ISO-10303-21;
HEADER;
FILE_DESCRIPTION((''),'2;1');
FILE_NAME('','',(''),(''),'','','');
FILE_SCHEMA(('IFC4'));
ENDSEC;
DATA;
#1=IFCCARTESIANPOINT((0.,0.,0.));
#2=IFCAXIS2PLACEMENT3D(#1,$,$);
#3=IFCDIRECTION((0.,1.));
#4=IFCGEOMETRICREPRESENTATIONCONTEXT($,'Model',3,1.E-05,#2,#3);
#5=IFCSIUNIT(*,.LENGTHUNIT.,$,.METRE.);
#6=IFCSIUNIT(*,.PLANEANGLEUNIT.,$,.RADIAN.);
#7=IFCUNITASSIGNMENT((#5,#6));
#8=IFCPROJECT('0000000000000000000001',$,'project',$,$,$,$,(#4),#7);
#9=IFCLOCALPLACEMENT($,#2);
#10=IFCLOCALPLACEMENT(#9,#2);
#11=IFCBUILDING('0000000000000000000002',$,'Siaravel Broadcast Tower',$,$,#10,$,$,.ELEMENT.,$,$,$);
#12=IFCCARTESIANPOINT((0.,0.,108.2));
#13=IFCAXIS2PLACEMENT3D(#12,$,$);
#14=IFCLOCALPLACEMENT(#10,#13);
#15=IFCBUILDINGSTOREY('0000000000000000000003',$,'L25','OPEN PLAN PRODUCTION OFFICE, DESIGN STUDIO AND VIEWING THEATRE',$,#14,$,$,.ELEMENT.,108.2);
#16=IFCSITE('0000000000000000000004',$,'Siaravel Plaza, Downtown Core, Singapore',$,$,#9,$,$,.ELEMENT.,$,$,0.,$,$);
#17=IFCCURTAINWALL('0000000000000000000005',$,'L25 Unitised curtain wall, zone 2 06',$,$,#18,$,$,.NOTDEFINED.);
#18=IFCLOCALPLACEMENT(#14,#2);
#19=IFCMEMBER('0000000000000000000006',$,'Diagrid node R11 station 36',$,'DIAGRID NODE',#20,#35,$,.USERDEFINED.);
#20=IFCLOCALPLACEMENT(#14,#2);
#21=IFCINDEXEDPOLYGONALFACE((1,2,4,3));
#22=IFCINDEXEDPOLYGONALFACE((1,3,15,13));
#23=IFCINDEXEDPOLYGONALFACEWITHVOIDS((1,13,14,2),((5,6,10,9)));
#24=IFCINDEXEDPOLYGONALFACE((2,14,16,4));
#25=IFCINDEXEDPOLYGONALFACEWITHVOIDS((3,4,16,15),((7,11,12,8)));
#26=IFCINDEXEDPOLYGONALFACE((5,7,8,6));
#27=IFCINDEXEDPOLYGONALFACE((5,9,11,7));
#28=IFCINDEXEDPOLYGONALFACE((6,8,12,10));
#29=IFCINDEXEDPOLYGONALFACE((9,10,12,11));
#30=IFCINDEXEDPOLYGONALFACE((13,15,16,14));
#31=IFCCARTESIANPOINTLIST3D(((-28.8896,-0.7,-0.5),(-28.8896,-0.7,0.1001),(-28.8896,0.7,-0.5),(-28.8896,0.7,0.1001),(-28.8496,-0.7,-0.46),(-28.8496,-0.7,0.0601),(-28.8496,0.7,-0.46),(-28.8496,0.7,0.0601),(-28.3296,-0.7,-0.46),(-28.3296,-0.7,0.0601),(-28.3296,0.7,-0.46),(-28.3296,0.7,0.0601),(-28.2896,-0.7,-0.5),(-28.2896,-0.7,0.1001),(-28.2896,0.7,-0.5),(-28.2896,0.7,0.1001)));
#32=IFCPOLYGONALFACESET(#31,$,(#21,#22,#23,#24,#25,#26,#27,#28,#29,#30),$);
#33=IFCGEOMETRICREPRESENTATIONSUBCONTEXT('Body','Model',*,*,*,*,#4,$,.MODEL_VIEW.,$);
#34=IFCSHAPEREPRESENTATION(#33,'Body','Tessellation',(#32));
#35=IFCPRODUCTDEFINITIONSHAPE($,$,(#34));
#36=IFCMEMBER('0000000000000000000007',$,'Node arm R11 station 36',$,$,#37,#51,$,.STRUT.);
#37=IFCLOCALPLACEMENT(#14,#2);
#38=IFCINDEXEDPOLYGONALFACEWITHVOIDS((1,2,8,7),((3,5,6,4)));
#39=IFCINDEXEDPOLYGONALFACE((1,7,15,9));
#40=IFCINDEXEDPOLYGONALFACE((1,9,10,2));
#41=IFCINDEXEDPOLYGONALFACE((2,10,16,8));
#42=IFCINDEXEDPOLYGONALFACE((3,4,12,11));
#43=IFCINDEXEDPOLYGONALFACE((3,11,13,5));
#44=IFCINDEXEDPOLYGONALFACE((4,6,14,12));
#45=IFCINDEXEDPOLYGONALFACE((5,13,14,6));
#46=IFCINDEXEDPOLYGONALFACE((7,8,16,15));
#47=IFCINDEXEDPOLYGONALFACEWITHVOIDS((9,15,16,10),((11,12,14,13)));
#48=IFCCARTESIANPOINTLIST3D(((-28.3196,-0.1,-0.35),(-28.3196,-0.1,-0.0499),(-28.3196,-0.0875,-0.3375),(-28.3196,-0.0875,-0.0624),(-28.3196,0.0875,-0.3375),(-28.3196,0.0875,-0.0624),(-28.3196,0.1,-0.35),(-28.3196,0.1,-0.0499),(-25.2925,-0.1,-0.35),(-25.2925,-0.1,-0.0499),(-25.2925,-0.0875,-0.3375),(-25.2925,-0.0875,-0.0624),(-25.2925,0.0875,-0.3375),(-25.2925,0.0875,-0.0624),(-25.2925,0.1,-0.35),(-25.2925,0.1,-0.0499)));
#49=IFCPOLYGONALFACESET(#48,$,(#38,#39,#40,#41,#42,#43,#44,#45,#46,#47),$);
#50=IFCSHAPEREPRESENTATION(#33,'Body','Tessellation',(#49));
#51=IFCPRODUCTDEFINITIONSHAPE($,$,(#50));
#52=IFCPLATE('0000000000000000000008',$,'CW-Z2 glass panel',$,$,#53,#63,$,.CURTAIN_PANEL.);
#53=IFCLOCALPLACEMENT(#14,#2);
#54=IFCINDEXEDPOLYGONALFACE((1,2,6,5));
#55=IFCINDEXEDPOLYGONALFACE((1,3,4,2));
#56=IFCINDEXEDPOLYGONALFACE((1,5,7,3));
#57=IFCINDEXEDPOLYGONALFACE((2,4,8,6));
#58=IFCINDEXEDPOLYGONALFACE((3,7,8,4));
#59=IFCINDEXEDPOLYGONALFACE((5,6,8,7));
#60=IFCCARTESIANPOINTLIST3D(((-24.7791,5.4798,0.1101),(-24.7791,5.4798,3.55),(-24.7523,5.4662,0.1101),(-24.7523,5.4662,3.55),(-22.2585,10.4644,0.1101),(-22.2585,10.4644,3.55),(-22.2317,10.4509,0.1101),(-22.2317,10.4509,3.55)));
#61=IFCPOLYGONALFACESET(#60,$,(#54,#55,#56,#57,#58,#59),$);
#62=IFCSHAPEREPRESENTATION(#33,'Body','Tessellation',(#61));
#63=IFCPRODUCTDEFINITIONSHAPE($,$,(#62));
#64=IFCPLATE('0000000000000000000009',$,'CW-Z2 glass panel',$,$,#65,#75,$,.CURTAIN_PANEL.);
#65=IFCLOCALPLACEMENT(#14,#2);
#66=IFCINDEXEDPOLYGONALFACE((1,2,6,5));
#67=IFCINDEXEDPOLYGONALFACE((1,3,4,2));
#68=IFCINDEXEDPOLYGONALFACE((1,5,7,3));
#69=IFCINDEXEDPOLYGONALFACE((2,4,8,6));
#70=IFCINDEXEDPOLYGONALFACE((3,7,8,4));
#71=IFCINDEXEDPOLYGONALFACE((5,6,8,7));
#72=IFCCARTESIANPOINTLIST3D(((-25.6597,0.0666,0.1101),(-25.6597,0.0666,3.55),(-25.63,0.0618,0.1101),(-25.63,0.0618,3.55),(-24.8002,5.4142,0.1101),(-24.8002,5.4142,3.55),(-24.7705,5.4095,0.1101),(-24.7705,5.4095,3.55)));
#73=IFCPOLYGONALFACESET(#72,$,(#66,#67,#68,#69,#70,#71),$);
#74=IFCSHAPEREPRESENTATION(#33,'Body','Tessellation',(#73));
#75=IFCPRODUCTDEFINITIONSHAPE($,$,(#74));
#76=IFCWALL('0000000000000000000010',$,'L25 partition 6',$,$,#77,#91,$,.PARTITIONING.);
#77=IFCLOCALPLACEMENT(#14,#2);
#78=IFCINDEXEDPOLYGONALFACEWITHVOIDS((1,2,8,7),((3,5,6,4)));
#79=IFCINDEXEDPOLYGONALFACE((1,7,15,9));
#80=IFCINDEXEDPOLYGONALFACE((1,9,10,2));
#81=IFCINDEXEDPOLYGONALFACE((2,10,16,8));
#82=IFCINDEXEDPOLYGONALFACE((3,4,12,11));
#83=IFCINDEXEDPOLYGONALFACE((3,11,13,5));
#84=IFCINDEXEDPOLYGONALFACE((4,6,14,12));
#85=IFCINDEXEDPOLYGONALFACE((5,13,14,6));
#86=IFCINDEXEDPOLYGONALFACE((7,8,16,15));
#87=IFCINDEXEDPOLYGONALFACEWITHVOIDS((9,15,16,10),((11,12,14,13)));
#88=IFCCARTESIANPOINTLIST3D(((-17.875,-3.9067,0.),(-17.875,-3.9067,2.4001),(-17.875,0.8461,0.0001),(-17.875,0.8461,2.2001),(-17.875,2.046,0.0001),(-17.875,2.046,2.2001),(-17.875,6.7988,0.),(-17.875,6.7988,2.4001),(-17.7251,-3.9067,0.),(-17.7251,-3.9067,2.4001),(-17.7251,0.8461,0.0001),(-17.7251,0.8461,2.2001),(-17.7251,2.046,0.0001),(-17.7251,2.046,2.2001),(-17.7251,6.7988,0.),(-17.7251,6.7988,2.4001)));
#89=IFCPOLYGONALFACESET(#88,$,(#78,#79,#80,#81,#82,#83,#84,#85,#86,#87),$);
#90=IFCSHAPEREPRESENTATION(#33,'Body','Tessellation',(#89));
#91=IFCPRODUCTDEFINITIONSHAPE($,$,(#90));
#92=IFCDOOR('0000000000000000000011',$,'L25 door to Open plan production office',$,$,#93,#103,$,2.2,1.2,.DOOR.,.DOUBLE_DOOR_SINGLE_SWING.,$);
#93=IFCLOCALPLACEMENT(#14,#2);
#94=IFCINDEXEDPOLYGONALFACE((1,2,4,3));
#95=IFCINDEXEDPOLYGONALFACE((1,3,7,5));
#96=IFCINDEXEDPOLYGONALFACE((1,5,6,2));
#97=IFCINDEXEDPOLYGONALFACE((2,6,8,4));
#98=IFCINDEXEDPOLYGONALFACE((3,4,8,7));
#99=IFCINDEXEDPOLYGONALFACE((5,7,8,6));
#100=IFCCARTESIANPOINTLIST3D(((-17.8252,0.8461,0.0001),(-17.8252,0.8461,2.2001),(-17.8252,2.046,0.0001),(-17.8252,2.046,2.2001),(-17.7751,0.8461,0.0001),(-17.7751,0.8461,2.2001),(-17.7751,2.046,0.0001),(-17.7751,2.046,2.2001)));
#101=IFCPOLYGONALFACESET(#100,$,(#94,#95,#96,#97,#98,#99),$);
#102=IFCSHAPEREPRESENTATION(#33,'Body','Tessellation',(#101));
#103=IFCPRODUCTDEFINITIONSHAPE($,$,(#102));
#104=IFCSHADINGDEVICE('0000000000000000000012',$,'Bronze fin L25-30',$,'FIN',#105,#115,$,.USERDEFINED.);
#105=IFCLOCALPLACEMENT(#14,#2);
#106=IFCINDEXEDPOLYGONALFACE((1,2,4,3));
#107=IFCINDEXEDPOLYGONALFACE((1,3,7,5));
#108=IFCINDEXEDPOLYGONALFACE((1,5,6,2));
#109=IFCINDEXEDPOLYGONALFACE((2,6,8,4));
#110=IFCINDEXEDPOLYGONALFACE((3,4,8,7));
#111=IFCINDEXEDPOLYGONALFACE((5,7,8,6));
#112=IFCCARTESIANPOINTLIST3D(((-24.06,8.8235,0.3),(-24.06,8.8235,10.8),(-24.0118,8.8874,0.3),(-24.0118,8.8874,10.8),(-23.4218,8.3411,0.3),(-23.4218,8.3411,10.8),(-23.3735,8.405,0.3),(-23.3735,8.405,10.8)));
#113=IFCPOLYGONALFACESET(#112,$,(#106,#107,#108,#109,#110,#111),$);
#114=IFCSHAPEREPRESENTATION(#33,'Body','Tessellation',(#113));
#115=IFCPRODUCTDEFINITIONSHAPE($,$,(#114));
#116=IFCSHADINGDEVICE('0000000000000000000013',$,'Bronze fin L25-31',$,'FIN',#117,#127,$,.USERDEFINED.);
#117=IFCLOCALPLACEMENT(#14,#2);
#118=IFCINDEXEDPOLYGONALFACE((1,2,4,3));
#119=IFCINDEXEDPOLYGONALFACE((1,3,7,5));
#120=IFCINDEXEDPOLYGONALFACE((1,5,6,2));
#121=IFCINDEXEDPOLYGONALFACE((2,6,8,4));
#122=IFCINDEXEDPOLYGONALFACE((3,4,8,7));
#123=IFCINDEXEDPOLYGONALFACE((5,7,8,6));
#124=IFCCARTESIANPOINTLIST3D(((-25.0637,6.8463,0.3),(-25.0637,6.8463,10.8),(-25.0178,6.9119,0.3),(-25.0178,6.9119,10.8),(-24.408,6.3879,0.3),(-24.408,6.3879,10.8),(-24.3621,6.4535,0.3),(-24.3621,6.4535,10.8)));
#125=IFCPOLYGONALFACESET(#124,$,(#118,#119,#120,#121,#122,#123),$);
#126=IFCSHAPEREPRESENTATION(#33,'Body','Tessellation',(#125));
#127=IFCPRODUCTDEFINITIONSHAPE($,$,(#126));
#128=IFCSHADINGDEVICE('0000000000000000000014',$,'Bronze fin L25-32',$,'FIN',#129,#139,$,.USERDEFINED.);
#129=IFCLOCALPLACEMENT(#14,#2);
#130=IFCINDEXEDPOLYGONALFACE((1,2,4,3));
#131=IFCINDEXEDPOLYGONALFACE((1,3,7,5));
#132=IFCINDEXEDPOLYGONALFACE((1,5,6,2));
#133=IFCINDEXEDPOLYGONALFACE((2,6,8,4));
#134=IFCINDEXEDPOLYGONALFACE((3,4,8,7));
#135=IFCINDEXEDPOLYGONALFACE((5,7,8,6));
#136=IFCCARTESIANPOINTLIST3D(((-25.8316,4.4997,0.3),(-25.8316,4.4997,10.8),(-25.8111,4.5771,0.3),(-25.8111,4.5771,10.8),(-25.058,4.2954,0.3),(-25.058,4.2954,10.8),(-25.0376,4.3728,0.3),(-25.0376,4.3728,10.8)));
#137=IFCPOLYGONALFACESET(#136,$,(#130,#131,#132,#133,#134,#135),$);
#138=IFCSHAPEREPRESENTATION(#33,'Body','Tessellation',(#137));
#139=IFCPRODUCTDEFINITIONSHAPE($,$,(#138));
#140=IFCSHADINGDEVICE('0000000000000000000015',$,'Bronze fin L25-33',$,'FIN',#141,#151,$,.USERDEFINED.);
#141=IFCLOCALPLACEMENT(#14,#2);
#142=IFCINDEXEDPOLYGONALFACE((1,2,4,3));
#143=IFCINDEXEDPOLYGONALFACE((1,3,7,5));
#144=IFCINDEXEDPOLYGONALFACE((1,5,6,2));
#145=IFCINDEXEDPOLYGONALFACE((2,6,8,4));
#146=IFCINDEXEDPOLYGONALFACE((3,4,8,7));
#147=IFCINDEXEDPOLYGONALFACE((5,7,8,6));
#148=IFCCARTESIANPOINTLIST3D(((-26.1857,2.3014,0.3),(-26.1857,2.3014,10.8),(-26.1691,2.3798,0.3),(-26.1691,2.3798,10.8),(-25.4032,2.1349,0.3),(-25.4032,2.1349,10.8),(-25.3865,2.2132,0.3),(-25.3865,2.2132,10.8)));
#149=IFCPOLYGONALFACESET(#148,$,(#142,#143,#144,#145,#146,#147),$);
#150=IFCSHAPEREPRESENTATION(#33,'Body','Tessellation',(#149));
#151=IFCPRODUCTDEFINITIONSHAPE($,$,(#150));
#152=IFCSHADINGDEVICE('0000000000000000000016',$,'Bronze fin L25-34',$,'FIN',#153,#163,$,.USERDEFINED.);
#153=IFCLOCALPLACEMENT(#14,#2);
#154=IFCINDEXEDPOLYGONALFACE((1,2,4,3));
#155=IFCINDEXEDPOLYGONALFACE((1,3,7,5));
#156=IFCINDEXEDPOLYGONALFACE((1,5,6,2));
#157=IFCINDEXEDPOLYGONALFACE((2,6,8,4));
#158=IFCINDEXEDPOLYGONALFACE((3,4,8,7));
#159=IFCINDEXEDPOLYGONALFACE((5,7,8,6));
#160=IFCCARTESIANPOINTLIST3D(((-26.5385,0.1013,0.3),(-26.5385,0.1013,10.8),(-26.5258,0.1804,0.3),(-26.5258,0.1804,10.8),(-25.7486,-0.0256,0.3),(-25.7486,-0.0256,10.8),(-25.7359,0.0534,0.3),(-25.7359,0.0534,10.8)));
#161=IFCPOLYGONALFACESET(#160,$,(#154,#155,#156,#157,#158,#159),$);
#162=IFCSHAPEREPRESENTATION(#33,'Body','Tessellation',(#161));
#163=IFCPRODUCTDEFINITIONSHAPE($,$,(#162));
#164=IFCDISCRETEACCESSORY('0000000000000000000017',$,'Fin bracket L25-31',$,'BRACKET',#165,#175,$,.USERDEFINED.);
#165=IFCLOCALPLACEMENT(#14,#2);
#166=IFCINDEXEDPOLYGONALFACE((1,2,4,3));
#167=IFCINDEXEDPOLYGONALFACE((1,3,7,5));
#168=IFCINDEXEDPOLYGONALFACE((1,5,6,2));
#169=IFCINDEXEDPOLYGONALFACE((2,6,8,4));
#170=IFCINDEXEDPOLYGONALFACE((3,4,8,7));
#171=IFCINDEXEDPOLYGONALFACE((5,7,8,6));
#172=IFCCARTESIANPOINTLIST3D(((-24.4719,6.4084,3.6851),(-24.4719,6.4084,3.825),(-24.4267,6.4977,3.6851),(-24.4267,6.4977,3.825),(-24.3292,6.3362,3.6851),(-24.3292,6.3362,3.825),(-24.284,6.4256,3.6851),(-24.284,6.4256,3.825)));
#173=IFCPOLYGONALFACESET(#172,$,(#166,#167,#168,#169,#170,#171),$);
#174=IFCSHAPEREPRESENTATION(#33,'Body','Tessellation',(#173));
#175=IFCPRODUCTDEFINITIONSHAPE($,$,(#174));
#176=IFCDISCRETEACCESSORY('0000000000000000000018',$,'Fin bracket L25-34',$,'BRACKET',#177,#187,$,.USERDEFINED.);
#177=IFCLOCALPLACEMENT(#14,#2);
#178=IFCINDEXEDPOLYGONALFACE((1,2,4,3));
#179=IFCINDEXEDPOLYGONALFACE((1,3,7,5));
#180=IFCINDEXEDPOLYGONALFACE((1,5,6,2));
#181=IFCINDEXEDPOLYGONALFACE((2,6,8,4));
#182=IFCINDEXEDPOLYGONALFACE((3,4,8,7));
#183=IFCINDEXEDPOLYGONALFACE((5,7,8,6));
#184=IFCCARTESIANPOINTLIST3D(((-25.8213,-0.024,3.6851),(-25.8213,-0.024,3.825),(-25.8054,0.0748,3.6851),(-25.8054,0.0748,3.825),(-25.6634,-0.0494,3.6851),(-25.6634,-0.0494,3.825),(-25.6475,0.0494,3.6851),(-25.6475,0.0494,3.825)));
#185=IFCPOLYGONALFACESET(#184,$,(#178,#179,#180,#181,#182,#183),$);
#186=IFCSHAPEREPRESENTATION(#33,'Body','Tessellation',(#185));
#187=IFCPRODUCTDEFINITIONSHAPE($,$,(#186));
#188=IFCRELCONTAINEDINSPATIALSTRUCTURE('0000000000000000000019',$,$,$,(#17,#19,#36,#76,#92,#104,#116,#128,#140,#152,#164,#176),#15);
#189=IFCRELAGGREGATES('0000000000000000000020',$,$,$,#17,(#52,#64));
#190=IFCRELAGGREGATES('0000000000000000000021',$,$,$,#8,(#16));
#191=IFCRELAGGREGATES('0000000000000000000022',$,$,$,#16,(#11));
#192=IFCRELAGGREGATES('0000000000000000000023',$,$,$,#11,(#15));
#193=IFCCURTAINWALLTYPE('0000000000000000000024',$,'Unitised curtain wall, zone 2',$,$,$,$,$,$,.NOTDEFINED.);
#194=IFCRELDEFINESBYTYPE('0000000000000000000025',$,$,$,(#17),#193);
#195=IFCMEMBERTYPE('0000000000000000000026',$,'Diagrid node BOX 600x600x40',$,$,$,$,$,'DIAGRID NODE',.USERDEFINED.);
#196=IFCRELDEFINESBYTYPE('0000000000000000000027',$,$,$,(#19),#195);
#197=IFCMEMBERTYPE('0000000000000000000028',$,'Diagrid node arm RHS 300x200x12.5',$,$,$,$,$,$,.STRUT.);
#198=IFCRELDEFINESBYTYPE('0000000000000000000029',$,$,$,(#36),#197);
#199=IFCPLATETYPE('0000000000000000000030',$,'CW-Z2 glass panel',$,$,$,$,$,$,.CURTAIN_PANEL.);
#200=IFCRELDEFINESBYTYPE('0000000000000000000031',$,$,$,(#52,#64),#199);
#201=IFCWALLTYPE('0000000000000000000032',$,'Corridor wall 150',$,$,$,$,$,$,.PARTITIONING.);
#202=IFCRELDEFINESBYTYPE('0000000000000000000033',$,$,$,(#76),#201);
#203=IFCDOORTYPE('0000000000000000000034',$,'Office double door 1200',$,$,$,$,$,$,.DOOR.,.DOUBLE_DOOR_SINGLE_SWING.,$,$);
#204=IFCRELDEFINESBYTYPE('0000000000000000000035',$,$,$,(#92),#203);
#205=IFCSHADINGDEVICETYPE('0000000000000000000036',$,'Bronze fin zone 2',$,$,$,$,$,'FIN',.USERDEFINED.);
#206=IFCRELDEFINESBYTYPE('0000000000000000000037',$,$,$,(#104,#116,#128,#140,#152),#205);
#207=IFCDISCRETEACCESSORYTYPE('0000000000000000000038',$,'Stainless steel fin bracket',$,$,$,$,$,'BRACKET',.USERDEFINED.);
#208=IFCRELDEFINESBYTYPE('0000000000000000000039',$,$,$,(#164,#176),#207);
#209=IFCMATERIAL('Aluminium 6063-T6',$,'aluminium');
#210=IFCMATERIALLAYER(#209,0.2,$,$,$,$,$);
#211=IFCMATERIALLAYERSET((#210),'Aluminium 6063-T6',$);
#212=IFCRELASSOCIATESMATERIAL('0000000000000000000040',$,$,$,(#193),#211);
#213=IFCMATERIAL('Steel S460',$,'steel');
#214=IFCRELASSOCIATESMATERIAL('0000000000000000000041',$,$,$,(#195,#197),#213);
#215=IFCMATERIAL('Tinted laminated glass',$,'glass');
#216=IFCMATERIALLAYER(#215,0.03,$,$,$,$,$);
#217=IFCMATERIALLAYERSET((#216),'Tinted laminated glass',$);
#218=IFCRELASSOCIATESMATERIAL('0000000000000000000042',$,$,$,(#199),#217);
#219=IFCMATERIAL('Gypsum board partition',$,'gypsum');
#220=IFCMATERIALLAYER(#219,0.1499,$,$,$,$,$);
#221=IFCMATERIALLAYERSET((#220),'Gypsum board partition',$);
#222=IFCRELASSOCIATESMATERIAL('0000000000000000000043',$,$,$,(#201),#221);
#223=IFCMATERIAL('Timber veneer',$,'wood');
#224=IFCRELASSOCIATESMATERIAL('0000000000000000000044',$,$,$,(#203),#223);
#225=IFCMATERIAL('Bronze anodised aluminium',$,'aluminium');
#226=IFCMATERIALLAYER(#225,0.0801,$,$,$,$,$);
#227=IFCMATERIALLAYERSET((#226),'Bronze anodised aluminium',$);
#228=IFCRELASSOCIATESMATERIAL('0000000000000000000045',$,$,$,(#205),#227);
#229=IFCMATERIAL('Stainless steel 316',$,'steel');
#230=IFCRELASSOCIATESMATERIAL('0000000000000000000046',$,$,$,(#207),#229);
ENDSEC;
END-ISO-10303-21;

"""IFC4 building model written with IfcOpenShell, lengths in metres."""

from ifc_helpers import new_model, si_unit, direction, frame, frame_2d, origin, origin_2d, place, context, subcontext, project, spatial, rectangle, hollow_rectangle, extrude, material, layer, layer_set, material_profile, profile_set, type_object, element, fill, aggregate, save


model = new_model("IFC4")

# Units and contexts
model_context = context("Model", 3, precision=1e-05, world=origin(), true_north=direction((0.0, 1.0)))
body_context = subcontext(model_context, "Body", "Model", "MODEL_VIEW")
ifc_project = project(units=[si_unit("LENGTHUNIT", "METRE"), si_unit("PLANEANGLEUNIT", "RADIAN")], contexts=[model_context])

# Site, building, storey
site_placement = place(None, origin())
site = spatial("IfcSite", under=ifc_project, at=site_placement, Name="Siaravel Plaza, Downtown Core, Singapore", CompositionType="ELEMENT", RefElevation=0.0)
building_placement = place(site_placement, origin())
building = spatial("IfcBuilding", under=site, at=building_placement, Name="Siaravel Broadcast Tower", CompositionType="ELEMENT")
storey_placement = place(building_placement, frame((0.0, 0.0, 108.2)))
storey = spatial("IfcBuildingStorey", under=building, at=storey_placement, Name="L25", Description="OPEN PLAN PRODUCTION OFFICE, DESIGN STUDIO AND VIEWING THEATRE", CompositionType="ELEMENT", Elevation=108.2)

# Curtain wall
ifc_material_1 = material(Name="Aluminium 6063-T6", Category="aluminium")
ifc_layer_1 = layer(ifc_material_1, 0.2)
ifc_layer_set_1 = layer_set([ifc_layer_1], Name="Aluminium 6063-T6")
curtain_wall_type = type_object("IfcCurtainWallType", Name="Unitised curtain wall, zone 2", PredefinedType="NOTDEFINED", material=ifc_layer_set_1)
curtain_wall_1_placement = place(storey_placement, origin())
curtain_wall_1 = element("IfcCurtainWall", 1, at=curtain_wall_1_placement, inside=storey, type_object=curtain_wall_type, Name="L25 Unitised curtain wall, zone 2 06", PredefinedType="NOTDEFINED")

# Members
ifc_material_2 = material(Name="Steel S460", Category="steel")
ifc_material_profile_1 = material_profile(ifc_material_2, hollow_rectangle(XDim=0.6001, YDim=0.6001, WallThickness=0.04, at=origin_2d()))
ifc_profile_set_1 = profile_set([ifc_material_profile_1], Name="Steel S460")
member_type_1 = type_object("IfcMemberType", Name="Diagrid node BOX 600x600x40", ElementType="DIAGRID NODE", PredefinedType="USERDEFINED", material=ifc_profile_set_1)
member_1_placement = place(storey_placement, frame((-28.5896, 0.7, -0.2), z_axis=(0.0, -1.0, 0.0), x_axis=(1.0, 0.0, 0.0)))
element("IfcMember", 2, at=member_1_placement, inside=storey, type_object=member_type_1, Name="Diagrid node R11 station 36", ObjectType="DIAGRID NODE", PredefinedType="USERDEFINED", context=body_context, shape_type="SweptSolid", body=[
    extrude(hollow_rectangle(XDim=0.6001, YDim=0.6001, WallThickness=0.04, at=origin_2d()), origin(), (0.0, 0.0, 1.0), 1.3999),
])
ifc_material_profile_2 = material_profile(ifc_material_2, hollow_rectangle(XDim=0.2, YDim=0.3, WallThickness=0.0125, at=origin_2d()))
ifc_profile_set_2 = profile_set([ifc_material_profile_2], Name="Steel S460")
member_type_2 = type_object("IfcMemberType", Name="Diagrid node arm RHS 300x200x12.5", PredefinedType="STRUT", material=ifc_profile_set_2)
member_2_placement = place(storey_placement, frame((-25.2925, 0.0, -0.2), z_axis=(-1.0, 0.0, 0.0), x_axis=(0.0, -1.0, 0.0)))
element("IfcMember", 3, at=member_2_placement, inside=storey, type_object=member_type_2, Name="Node arm R11 station 36", PredefinedType="STRUT", context=body_context, shape_type="SweptSolid", body=[
    extrude(hollow_rectangle(XDim=0.2, YDim=0.3, WallThickness=0.0125, at=origin_2d()), origin(), (0.0, 0.0, 1.0), 3.0271),
])

# Plates
ifc_material_3 = material(Name="Tinted laminated glass", Category="glass")
ifc_layer_2 = layer(ifc_material_3, 0.03)
ifc_layer_set_2 = layer_set([ifc_layer_2], Name="Tinted laminated glass")
plate_type = type_object("IfcPlateType", Name="CW-Z2 glass panel", PredefinedType="CURTAIN_PANEL", material=ifc_layer_set_2)
plate_1_placement = place(storey_placement, frame((-23.5054, 7.9653, 0.1101), z_axis=(0.0, 0.0, 1.0), x_axis=(-0.451261, -0.892392, 0.0)))
plate_1 = element("IfcPlate", 4, at=plate_1_placement, type_object=plate_type, Name="CW-Z2 glass panel", PredefinedType="CURTAIN_PANEL", context=body_context, shape_type="SweptSolid", body=[
    extrude(rectangle(XDim=5.5857, YDim=0.03, at=origin_2d()), origin(), (0.0, 0.0, 1.0), 3.4399),
])
plate_2_placement = place(storey_placement, frame((-25.2151, 2.738, 0.1101), z_axis=(0.0, 0.0, 1.0), x_axis=(-0.158686, -0.987329, 0.0)))
plate_2 = element("IfcPlate", 5, at=plate_2_placement, type_object=plate_type, Name="CW-Z2 glass panel", PredefinedType="CURTAIN_PANEL", context=body_context, shape_type="SweptSolid", body=[
    extrude(rectangle(XDim=5.4163, YDim=0.03, at=origin_2d()), origin(), (0.0, 0.0, 1.0), 3.4399),
])
aggregate(curtain_wall_1, [plate_1, plate_2])

# Wall, opening, door
ifc_material_4 = material(Name="Gypsum board partition", Category="gypsum")
ifc_layer_3 = layer(ifc_material_4, 0.1499)
ifc_layer_set_3 = layer_set([ifc_layer_3], Name="Gypsum board partition")
wall_type = type_object("IfcWallType", Name="Corridor wall 150", PredefinedType="PARTITIONING", material=ifc_layer_set_3)
wall_placement = place(storey_placement, frame((-17.8, 6.7988, 0.0), z_axis=(0.0, 0.0, 1.0), x_axis=(0.0, -1.0, 0.0)))
wall = element("IfcWall", 6, at=wall_placement, inside=storey, type_object=wall_type, Name="L25 partition 6", PredefinedType="PARTITIONING", context=body_context, shape_type="SweptSolid", body=[
    extrude(rectangle(XDim=10.7056, YDim=0.1499, at=frame_2d((5.3528, 0.0))), origin(), (0.0, 0.0, 1.0), 2.4001),
])
opening_placement = place(wall_placement, frame((4.7527, 0.0, 0.0)))
opening = element("IfcOpeningElement", 7, at=opening_placement, cuts=wall, PredefinedType="OPENING", context=body_context, shape_type="SweptSolid", body=[
    extrude(rectangle(XDim=1.2, YDim=2.2, at=frame_2d((0.6001, 1.1001))), frame((0.0, 0.085, 0.0), z_axis=(0.0, -1.0, 0.0), x_axis=(1.0, 0.0, 0.0)), (0.0, 0.0, 1.0), 0.1699),
])
ifc_material_5 = material(Name="Timber veneer", Category="wood")
door_type = type_object("IfcDoorType", Name="Office double door 1200", OperationType="DOUBLE_DOOR_SINGLE_SWING", PredefinedType="DOOR", material=ifc_material_5)
door_placement = place(opening_placement, origin())
door = element("IfcDoor", 8, at=door_placement, inside=storey, type_object=door_type, Name="L25 door to Open plan production office", OperationType="DOUBLE_DOOR_SINGLE_SWING", OverallHeight=2.2, OverallWidth=1.2, PredefinedType="DOOR", context=body_context, shape_type="SweptSolid", body=[
    extrude(rectangle(XDim=1.2, YDim=2.2, at=frame_2d((0.6001, 1.1001))), frame((0.0, 0.0249, 0.0), z_axis=(0.0, -1.0, 0.0), x_axis=(1.0, 0.0, 0.0)), (0.0, 0.0, 1.0), 0.05),
])
fill(opening, door)

# Shading devices
ifc_material_6 = material(Name="Bronze anodised aluminium", Category="aluminium")
ifc_layer_4 = layer(ifc_material_6, 0.0801)
ifc_layer_set_4 = layer_set([ifc_layer_4], Name="Bronze anodised aluminium")
shading_device_type = type_object("IfcShadingDeviceType", Name="Bronze fin zone 2", ElementType="FIN", PredefinedType="USERDEFINED", material=ifc_layer_set_4)
for number, where, z_axis, x_axis, name in (
    (9, (-23.7168, 8.6143, 0.3), (0.0, 0.0, 1.0), (-0.797721, 0.603027, 0.0), "Bronze fin L25-30"),
    (10, (-24.7129, 6.6499, 0.3), (0.0, 0.0, 1.0), (-0.819528, 0.573039, 0.0), "Bronze fin L25-31"),
    (11, (-25.4346, 4.4363, 0.3), (0.0, 0.0, 1.0), (-0.966849, 0.25535, 0.0), "Bronze fin L25-32"),
    (12, (-25.7861, 2.2573, 0.3), (0.0, 0.0, 1.0), (-0.978086, 0.208202, 0.0), "Bronze fin L25-33"),
    (13, (-26.1372, 0.0774, 0.3), (0.0, 0.0, 1.0), (-0.987329, 0.158685, 0.0), "Bronze fin L25-34"),
):
    element("IfcShadingDevice", number, at=place(storey_placement, frame(where, z_axis=z_axis, x_axis=x_axis)), inside=storey, type_object=shading_device_type, Name=name, ObjectType="FIN", PredefinedType="USERDEFINED", context=body_context, shape_type="SweptSolid", body=[
        extrude(rectangle(XDim=0.8, YDim=0.0801, at=origin_2d()), origin(), (0.0, 0.0, 1.0), 10.5),
    ])

# Discrete accessories
ifc_material_7 = material(Name="Stainless steel 316", Category="steel")
discrete_accessory_type_1 = type_object("IfcDiscreteAccessoryType", Name="Stainless steel fin bracket", ElementType="BRACKET", PredefinedType="USERDEFINED", material=ifc_material_7)
for number, where, z_axis, x_axis, name in (
    (14, (-24.3779, 6.417, 3.6851), (0.0, 0.0, 1.0), (-0.892392, 0.451261, 0.0), "Fin bracket L25-31"),
    (15, (-25.7344, 0.0127, 3.6851), (0.0, 0.0, 1.0), (-0.987329, 0.158685, 0.0), "Fin bracket L25-34"),
):
    element("IfcDiscreteAccessory", number, at=place(storey_placement, frame(where, z_axis=z_axis, x_axis=x_axis)), inside=storey, type_object=discrete_accessory_type_1, Name=name, ObjectType="BRACKET", PredefinedType="USERDEFINED", context=body_context, shape_type="SweptSolid", body=[
        extrude(rectangle(XDim=0.1599, YDim=0.1001, at=origin_2d()), origin(), (0.0, 0.0, 1.0), 0.1399),
    ])

save(model, "model.ifc")
